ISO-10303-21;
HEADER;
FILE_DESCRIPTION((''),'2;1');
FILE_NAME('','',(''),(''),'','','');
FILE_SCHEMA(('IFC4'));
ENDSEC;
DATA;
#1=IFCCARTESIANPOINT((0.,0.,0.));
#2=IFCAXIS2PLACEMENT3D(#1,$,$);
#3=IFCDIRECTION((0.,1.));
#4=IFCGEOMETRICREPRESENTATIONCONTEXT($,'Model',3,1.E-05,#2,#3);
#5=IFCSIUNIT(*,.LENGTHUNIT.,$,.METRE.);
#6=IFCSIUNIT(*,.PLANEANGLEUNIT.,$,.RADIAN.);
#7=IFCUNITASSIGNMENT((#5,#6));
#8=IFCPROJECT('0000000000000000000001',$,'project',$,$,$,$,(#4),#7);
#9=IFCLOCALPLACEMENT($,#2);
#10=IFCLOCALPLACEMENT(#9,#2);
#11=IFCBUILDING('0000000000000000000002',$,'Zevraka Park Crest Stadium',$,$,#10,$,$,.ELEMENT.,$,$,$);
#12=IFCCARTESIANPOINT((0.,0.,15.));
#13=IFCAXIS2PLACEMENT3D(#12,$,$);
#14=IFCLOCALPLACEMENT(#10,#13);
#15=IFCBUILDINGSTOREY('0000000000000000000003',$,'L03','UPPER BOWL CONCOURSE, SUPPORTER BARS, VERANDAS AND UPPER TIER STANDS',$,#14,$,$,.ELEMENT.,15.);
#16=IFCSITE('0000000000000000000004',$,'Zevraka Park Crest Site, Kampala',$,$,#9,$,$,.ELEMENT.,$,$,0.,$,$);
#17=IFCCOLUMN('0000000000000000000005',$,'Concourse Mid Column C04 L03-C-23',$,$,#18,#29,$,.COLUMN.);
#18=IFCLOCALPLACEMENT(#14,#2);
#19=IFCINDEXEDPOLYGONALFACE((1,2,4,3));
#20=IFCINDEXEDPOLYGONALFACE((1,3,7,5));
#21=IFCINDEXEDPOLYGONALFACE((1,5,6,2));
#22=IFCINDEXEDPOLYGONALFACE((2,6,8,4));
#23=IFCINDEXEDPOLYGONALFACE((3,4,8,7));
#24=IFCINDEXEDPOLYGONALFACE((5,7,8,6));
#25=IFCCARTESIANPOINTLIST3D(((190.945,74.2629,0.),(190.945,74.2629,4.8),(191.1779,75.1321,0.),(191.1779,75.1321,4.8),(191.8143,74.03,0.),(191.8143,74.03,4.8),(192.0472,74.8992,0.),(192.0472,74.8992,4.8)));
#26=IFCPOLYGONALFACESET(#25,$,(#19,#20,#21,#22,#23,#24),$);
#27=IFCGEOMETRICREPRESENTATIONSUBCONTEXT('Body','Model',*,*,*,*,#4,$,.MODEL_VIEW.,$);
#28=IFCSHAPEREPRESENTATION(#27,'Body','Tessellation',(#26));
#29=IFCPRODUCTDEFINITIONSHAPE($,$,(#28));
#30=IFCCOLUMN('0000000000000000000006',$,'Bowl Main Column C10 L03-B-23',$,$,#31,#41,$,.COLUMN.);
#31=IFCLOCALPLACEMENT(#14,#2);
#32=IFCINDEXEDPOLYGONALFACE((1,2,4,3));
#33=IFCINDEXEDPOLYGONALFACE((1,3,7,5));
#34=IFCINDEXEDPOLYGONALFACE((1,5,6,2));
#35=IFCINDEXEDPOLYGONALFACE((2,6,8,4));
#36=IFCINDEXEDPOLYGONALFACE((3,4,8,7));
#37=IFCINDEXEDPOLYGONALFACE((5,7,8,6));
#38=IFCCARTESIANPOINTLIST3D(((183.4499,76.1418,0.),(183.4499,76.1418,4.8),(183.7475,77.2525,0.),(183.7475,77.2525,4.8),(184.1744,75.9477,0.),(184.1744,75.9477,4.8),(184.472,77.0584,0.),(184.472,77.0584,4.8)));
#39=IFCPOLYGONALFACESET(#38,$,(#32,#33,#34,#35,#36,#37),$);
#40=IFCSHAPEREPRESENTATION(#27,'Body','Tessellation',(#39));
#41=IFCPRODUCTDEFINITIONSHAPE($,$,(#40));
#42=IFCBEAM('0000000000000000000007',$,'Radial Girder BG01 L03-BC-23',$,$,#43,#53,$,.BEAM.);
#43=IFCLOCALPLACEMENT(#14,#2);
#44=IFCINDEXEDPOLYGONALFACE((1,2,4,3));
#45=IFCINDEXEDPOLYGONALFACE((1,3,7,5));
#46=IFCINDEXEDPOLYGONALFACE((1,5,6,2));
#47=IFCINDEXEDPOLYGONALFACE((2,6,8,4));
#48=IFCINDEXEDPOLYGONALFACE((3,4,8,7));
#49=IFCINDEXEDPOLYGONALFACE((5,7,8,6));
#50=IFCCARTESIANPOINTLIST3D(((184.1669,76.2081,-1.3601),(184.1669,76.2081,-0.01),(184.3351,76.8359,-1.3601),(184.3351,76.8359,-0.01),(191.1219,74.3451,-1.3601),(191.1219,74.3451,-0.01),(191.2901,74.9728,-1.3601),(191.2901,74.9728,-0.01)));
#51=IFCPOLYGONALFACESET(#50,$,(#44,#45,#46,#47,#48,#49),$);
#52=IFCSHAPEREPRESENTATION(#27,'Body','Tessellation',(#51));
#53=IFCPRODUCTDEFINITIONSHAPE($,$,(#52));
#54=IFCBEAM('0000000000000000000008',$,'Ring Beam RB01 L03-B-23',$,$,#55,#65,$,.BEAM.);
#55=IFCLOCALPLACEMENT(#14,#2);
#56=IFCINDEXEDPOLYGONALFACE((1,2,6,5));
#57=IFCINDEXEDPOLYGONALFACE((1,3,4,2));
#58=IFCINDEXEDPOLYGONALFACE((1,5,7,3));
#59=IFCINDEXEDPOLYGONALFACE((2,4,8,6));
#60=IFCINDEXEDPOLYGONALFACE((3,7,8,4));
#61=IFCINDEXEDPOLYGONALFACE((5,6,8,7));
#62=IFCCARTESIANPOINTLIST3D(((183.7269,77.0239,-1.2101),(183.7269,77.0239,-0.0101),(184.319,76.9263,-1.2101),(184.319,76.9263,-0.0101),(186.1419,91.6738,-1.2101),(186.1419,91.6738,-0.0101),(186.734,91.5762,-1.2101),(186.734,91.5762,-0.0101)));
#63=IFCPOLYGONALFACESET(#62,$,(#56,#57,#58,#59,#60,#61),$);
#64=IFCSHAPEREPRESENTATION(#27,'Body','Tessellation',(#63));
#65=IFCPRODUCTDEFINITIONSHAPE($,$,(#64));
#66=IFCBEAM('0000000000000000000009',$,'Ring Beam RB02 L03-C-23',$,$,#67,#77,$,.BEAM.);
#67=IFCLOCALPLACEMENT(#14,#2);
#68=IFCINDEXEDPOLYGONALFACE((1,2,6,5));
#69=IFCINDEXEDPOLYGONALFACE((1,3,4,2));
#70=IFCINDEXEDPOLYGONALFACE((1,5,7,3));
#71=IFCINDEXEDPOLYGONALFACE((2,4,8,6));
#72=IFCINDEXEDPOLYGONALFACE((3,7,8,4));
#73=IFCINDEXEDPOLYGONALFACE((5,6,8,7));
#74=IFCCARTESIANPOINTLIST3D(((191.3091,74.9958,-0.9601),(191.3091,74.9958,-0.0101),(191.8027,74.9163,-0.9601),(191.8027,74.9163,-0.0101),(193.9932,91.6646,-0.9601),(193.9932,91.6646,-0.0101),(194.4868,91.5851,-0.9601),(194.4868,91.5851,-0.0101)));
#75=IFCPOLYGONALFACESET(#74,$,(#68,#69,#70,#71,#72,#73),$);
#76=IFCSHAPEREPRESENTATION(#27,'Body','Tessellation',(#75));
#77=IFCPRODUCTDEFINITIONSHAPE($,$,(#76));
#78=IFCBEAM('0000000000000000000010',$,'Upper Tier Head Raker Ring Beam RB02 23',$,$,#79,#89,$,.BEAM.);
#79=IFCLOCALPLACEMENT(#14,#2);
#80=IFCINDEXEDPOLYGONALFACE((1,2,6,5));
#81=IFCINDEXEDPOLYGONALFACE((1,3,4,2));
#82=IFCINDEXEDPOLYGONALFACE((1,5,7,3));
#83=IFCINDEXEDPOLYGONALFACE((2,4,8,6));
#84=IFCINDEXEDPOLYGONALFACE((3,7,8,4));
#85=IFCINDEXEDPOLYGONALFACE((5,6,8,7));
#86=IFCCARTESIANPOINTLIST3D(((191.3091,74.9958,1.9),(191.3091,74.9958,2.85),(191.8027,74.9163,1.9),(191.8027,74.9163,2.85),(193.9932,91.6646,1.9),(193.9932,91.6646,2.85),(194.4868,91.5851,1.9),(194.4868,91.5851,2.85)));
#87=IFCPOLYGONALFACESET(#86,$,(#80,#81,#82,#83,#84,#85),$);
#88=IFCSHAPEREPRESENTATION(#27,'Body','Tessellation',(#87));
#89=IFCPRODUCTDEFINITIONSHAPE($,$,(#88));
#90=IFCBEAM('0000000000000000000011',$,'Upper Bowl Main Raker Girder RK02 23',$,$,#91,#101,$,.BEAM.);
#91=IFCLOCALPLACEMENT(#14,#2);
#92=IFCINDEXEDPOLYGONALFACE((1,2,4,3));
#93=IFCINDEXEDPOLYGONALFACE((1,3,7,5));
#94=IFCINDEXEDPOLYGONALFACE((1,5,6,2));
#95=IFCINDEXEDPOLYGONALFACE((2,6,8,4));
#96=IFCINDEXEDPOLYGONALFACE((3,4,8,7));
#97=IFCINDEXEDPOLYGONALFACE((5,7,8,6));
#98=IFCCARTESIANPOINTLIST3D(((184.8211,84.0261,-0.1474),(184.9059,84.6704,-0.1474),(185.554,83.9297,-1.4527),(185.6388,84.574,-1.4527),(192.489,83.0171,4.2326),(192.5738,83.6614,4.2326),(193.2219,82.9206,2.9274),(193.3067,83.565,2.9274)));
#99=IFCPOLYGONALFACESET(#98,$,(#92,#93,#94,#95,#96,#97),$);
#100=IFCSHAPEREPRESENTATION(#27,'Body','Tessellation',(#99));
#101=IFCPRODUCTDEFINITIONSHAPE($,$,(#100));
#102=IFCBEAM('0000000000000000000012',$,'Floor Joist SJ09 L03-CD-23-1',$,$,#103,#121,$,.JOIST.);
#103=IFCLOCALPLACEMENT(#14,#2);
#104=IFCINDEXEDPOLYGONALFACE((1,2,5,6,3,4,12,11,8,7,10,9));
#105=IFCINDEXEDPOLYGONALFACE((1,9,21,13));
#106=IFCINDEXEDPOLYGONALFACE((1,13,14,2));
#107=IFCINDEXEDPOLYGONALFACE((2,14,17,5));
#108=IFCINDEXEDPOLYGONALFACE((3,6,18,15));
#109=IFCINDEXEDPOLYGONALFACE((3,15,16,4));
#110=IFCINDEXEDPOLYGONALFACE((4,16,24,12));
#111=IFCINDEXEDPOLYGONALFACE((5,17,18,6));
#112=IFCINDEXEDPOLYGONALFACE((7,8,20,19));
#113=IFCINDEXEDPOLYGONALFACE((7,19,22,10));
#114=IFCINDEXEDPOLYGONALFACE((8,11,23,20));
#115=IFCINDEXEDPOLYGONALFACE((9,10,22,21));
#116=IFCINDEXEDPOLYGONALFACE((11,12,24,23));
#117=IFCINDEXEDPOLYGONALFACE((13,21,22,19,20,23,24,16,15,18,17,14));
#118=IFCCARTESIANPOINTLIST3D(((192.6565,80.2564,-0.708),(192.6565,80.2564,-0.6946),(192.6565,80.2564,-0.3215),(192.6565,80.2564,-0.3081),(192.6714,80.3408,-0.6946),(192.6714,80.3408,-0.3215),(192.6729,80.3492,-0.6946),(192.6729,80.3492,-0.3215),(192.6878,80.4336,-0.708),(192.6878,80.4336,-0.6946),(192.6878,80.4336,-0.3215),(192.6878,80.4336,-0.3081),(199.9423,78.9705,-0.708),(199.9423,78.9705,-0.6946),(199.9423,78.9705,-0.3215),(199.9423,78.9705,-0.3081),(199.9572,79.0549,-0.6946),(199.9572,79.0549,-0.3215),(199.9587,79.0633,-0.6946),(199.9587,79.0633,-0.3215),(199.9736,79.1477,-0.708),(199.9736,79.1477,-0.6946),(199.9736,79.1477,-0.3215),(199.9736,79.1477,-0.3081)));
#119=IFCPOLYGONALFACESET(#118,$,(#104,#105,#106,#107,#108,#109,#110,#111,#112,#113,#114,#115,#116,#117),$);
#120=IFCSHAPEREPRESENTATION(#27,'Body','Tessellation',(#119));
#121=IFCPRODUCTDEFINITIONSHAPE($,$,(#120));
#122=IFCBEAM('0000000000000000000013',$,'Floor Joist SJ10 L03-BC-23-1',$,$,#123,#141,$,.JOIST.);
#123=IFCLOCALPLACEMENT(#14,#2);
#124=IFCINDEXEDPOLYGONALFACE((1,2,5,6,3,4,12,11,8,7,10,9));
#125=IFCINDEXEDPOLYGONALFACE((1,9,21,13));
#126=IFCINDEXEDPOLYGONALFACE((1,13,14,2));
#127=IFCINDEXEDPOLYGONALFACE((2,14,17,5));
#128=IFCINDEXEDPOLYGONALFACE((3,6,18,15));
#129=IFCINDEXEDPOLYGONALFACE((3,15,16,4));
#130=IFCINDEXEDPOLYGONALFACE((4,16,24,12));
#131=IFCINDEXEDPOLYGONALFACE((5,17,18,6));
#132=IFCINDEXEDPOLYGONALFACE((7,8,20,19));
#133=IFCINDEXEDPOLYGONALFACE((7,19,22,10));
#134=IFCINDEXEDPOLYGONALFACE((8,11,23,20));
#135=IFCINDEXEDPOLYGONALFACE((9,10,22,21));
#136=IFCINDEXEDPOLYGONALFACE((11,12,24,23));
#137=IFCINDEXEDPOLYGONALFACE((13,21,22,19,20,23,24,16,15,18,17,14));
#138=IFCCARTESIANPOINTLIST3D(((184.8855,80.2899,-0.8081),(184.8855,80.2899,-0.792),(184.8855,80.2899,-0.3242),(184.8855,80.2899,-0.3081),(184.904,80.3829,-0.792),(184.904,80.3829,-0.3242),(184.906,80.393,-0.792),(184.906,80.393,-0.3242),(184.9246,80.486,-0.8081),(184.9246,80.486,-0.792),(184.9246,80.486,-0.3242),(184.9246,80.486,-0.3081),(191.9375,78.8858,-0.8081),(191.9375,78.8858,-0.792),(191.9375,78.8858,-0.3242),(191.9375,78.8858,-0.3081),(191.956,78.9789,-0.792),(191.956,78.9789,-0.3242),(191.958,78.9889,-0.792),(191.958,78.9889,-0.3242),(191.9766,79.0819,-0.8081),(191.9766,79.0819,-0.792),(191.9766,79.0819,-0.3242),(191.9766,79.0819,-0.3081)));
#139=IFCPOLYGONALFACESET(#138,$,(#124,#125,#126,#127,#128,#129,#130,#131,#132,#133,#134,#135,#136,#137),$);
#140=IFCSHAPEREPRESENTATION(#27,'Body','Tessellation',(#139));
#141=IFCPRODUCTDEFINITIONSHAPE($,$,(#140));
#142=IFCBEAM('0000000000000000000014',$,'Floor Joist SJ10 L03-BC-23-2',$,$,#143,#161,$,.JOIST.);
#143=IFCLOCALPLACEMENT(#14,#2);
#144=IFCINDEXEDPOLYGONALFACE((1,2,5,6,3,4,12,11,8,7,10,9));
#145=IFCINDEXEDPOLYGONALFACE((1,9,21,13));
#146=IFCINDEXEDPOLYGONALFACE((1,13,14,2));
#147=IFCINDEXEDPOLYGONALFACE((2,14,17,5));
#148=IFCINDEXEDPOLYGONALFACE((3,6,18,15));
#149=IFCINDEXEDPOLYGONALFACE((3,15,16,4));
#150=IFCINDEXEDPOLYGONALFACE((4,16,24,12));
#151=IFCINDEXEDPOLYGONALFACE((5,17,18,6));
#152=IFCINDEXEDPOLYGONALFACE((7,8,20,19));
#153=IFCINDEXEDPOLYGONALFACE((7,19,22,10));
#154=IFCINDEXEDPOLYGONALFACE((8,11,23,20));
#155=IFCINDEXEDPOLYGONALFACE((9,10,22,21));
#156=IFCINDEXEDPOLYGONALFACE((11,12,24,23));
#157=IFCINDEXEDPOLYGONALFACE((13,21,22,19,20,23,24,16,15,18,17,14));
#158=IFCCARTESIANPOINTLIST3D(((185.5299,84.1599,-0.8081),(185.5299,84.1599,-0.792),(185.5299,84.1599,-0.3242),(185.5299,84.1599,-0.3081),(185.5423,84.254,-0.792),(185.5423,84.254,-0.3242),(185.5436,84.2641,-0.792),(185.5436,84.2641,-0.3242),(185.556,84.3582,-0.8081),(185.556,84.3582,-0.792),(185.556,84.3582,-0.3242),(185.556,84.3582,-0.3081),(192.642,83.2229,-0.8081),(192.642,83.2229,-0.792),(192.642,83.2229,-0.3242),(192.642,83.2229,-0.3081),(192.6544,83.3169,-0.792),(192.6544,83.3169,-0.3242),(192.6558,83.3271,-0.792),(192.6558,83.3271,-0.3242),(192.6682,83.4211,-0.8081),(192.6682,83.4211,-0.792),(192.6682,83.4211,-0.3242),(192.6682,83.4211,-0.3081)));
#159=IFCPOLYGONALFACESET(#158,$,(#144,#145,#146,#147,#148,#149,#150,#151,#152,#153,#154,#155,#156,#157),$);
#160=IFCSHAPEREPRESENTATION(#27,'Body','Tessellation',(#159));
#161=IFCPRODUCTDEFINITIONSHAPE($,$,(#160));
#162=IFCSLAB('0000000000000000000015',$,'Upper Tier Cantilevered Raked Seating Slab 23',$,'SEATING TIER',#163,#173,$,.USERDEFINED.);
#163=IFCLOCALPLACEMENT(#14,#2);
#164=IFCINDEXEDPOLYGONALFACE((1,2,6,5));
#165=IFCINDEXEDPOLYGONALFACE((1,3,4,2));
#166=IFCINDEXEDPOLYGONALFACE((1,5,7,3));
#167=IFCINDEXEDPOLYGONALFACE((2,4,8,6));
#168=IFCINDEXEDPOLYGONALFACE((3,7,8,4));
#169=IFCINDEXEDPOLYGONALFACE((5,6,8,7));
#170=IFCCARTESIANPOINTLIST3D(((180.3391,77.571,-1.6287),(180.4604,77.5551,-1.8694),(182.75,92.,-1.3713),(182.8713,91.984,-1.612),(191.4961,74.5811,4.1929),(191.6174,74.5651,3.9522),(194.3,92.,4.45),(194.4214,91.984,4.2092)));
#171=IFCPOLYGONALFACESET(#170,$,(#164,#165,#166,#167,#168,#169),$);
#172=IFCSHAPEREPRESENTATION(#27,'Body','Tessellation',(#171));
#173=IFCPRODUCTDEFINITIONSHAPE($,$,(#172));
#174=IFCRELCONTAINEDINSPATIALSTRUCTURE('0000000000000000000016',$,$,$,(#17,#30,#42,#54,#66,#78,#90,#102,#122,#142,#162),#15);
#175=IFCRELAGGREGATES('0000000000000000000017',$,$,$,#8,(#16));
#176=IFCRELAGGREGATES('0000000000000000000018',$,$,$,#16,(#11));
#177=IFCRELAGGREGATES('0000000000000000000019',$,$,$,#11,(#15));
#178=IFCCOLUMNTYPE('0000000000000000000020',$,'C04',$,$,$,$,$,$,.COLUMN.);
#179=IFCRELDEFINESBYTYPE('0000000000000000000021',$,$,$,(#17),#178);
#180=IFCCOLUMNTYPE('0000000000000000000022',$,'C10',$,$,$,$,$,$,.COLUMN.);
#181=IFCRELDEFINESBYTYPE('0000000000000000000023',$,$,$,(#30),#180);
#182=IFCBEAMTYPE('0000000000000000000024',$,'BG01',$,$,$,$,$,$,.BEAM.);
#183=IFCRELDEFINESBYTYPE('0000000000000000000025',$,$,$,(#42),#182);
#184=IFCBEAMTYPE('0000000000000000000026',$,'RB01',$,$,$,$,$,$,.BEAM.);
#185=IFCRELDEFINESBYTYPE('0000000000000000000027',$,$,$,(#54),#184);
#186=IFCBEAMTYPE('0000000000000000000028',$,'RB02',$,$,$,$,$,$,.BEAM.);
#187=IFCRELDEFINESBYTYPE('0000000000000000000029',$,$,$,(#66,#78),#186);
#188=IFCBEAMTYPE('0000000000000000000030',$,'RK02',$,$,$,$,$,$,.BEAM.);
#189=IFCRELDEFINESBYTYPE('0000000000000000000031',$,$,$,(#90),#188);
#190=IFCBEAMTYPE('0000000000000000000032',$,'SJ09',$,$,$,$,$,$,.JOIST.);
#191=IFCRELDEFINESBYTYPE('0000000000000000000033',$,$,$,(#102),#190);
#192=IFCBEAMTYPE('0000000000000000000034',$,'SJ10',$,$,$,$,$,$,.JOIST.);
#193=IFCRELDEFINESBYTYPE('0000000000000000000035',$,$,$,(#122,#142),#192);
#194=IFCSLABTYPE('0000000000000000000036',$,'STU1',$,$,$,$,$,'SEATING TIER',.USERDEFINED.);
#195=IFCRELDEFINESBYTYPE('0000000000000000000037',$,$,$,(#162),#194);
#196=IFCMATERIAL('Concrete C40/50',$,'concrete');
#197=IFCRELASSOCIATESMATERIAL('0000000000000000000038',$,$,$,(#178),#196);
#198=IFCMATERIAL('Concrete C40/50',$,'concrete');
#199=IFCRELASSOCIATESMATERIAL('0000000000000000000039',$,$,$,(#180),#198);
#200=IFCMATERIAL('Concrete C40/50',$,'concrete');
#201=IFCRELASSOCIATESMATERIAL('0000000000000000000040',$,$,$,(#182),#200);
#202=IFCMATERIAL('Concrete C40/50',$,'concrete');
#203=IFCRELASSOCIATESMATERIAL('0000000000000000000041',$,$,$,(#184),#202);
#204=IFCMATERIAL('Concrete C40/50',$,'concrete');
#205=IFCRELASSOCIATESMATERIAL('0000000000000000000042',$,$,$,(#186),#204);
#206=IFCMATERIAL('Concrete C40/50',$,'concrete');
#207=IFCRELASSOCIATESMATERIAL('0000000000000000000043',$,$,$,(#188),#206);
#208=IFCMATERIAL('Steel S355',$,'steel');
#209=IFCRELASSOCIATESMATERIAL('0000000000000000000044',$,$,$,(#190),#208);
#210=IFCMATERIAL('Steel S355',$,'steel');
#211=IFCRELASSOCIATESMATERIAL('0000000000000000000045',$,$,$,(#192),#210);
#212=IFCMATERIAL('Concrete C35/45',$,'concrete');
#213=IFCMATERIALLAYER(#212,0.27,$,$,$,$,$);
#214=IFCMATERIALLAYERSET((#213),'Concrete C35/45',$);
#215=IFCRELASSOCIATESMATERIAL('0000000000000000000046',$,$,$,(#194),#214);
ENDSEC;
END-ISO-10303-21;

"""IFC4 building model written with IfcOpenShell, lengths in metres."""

from ifc_helpers import new_model, si_unit, direction, frame, origin, origin_2d, place, context, subcontext, project, spatial, polyline, rectangle, i_section, outline, extrude, material, layer, layer_set, material_profile, profile_set, type_object, element, save


model = new_model("IFC4")

# Units and contexts
model_context = context("Model", 3, precision=1e-05, world=origin(), true_north=direction((0.0, 1.0)))
body_context = subcontext(model_context, "Body", "Model", "MODEL_VIEW")
ifc_project = project(units=[si_unit("LENGTHUNIT", "METRE"), si_unit("PLANEANGLEUNIT", "RADIAN")], contexts=[model_context])

# Site, building, storey
site_placement = place(None, origin())
site = spatial("IfcSite", under=ifc_project, at=site_placement, Name="Zevraka Park Crest Site, Kampala", CompositionType="ELEMENT", RefElevation=0.0)
building_placement = place(site_placement, origin())
building = spatial("IfcBuilding", under=site, at=building_placement, Name="Zevraka Park Crest Stadium", CompositionType="ELEMENT")
storey_placement = place(building_placement, frame((0.0, 0.0, 15.0)))
storey = spatial("IfcBuildingStorey", under=building, at=storey_placement, Name="L03", Description="UPPER BOWL CONCOURSE, SUPPORTER BARS, VERANDAS AND UPPER TIER STANDS", CompositionType="ELEMENT", Elevation=15.0)

# Columns
ifc_material_1 = material(Name="Concrete C40/50", Category="concrete")
ifc_material_profile_1 = material_profile(ifc_material_1, rectangle(XDim=0.8999, YDim=0.8999, at=origin_2d()), Name="RC 900x900")
ifc_profile_set_1 = profile_set([ifc_material_profile_1], Name="Concrete C40/50")
column_type_1 = type_object("IfcColumnType", Name="C04", PredefinedType="COLUMN", material=ifc_profile_set_1)
column_1_placement = place(storey_placement, frame((191.4961, 74.5811, 0.0), z_axis=(0.0, 0.0, 1.0), x_axis=(-0.965926, 0.258819, 0.0)))
element("IfcColumn", 1, at=column_1_placement, inside=storey, type_object=column_type_1, Name="Concourse Mid Column C04 L03-C-23", PredefinedType="COLUMN", context=body_context, shape_type="SweptSolid", body=[
    extrude(rectangle(XDim=0.8999, YDim=0.8999, at=origin_2d()), origin(), (0.0, 0.0, 1.0), 4.8),
])
ifc_material_2 = material(Name="Concrete C40/50", Category="concrete")
ifc_material_profile_2 = material_profile(ifc_material_2, rectangle(XDim=0.75, YDim=1.1499, at=origin_2d()), Name="RC 1150x750")
ifc_profile_set_2 = profile_set([ifc_material_profile_2], Name="Concrete C40/50")
column_type_2 = type_object("IfcColumnType", Name="C10", PredefinedType="COLUMN", material=ifc_profile_set_2)
column_2_placement = place(storey_placement, frame((183.9609, 76.6001, 0.0), z_axis=(0.0, 0.0, 1.0), x_axis=(-0.965926, 0.258819, 0.0)))
element("IfcColumn", 2, at=column_2_placement, inside=storey, type_object=column_type_2, Name="Bowl Main Column C10 L03-B-23", PredefinedType="COLUMN", context=body_context, shape_type="SweptSolid", body=[
    extrude(rectangle(XDim=0.75, YDim=1.1499, at=origin_2d()), origin(), (0.0, 0.0, 1.0), 4.8),
])

# Beams
ifc_material_3 = material(Name="Concrete C40/50", Category="concrete")
ifc_material_profile_3 = material_profile(ifc_material_3, rectangle(XDim=0.6499, YDim=1.3501, at=origin_2d()), Name="RC 1350x650")
ifc_profile_set_3 = profile_set([ifc_material_profile_3], Name="Concrete C40/50")
beam_type_1 = type_object("IfcBeamType", Name="BG01", PredefinedType="BEAM", material=ifc_profile_set_3)
beam_1_placement = place(storey_placement, frame((184.251, 76.522, -0.6851), z_axis=(0.965946, -0.258745, 0.0), x_axis=(0.258745, 0.965946, 0.0)))
element("IfcBeam", 3, at=beam_1_placement, inside=storey, type_object=beam_type_1, Name="Radial Girder BG01 L03-BC-23", PredefinedType="BEAM", context=body_context, shape_type="SweptSolid", body=[
    extrude(rectangle(XDim=0.6499, YDim=1.3501, at=origin_2d()), origin(), (0.0, 0.0, 1.0), 7.2002),
])
ifc_material_4 = material(Name="Concrete C40/50", Category="concrete")
ifc_material_profile_4 = material_profile(ifc_material_4, rectangle(XDim=0.6001, YDim=1.2, at=origin_2d()), Name="RC 1200x600")
ifc_profile_set_4 = profile_set([ifc_material_profile_4], Name="Concrete C40/50")
beam_type_2 = type_object("IfcBeamType", Name="RB01", PredefinedType="BEAM", material=ifc_profile_set_4)
beam_2_placement = place(storey_placement, frame((184.0229, 76.9751, -0.6101), z_axis=(0.162655, 0.986683, 0.0), x_axis=(-0.986683, 0.162655, 0.0)))
element("IfcBeam", 4, at=beam_2_placement, inside=storey, type_object=beam_type_2, Name="Ring Beam RB01 L03-B-23", PredefinedType="BEAM", context=body_context, shape_type="SweptSolid", body=[
    extrude(rectangle(XDim=0.6001, YDim=1.2, at=origin_2d()), origin(), (0.0, 0.0, 1.0), 14.8477),
])
ifc_material_5 = material(Name="Concrete C40/50", Category="concrete")
ifc_material_profile_5 = material_profile(ifc_material_5, rectangle(XDim=0.5, YDim=0.95, at=origin_2d()), Name="RC 950x500")
ifc_profile_set_5 = profile_set([ifc_material_profile_5], Name="Concrete C40/50")
beam_type_3 = type_object("IfcBeamType", Name="RB02", PredefinedType="BEAM", material=ifc_profile_set_5)
for number, where, z_axis, x_axis, name in (
    (5, (191.5559, 74.9561, -0.4851), (0.158975, 0.987283, 0.0), (-0.987283, 0.158975, 0.0), "Ring Beam RB02 L03-C-23"),
    (6, (191.5559, 74.9561, 2.375), (0.158975, 0.987283, 0.0), (-0.987283, 0.158975, 0.0), "Upper Tier Head Raker Ring Beam RB02 23"),
):
    element("IfcBeam", number, at=place(storey_placement, frame(where, z_axis=z_axis, x_axis=x_axis)), inside=storey, type_object=beam_type_3, Name=name, PredefinedType="BEAM", context=body_context, shape_type="SweptSolid", body=[
        extrude(rectangle(XDim=0.5, YDim=0.95, at=origin_2d()), origin(), (0.0, 0.0, 1.0), 16.8835),
    ])
ifc_material_6 = material(Name="Concrete C40/50", Category="concrete")
ifc_material_profile_6 = material_profile(ifc_material_6, rectangle(XDim=0.6499, YDim=1.5, at=origin_2d()), Name="RC 1500x650")
ifc_profile_set_6 = profile_set([ifc_material_profile_6], Name="Concrete C40/50")
beam_type_4 = type_object("IfcBeamType", Name="RK02", PredefinedType="BEAM", material=ifc_profile_set_6)
beam_3_placement = place(storey_placement, frame((185.23, 84.3, -0.8), z_axis=(0.862706, -0.113524, 0.492798), x_axis=(0.130466, 0.991453, 0.0)))
element("IfcBeam", 7, at=beam_3_placement, inside=storey, type_object=beam_type_4, Name="Upper Bowl Main Raker Girder RK02 23", PredefinedType="BEAM", context=body_context, shape_type="SweptSolid", body=[
    extrude(rectangle(XDim=0.6499, YDim=1.5, at=origin_2d()), origin(), (0.0, 0.0, 1.0), 8.8882),
])
ifc_material_7 = material(Name="Steel S355", Category="steel")
ifc_material_profile_7 = material_profile(ifc_material_7, i_section(OverallWidth=0.1799, OverallDepth=0.3999, WebThickness=0.0085, FlangeThickness=0.0134, at=origin_2d()), Name="IPE 400")
ifc_profile_set_7 = profile_set([ifc_material_profile_7], Name="Steel S355")
beam_type_5 = type_object("IfcBeamType", Name="SJ09", PredefinedType="JOIST", material=ifc_profile_set_7)
beam_4_placement = place(storey_placement, frame((192.6721, 80.345, -0.5081), z_axis=(0.98478, -0.173804, 0.0), x_axis=(0.173804, 0.98478, 0.0)))
element("IfcBeam", 8, at=beam_4_placement, inside=storey, type_object=beam_type_5, Name="Floor Joist SJ09 L03-CD-23-1", PredefinedType="JOIST", context=body_context, shape_type="SweptSolid", body=[
    extrude(i_section(OverallWidth=0.1799, OverallDepth=0.3999, WebThickness=0.0085, FlangeThickness=0.0134, at=origin_2d()), origin(), (0.0, 0.0, 1.0), 7.3984),
])
ifc_material_8 = material(Name="Steel S355", Category="steel")
ifc_material_profile_8 = material_profile(ifc_material_8, i_section(OverallWidth=0.2, OverallDepth=0.5, WebThickness=0.0103, FlangeThickness=0.0161, at=origin_2d()), Name="IPE 500")
ifc_profile_set_8 = profile_set([ifc_material_profile_8], Name="Steel S355")
beam_type_6 = type_object("IfcBeamType", Name="SJ10", PredefinedType="JOIST", material=ifc_profile_set_8)
beam_5_placement = place(storey_placement, frame((184.905, 80.3879, -0.5581), z_axis=(0.98075, -0.195267, 0.0), x_axis=(0.195267, 0.98075, 0.0)))
element("IfcBeam", 9, at=beam_5_placement, inside=storey, type_object=beam_type_6, Name="Floor Joist SJ10 L03-BC-23-1", PredefinedType="JOIST", context=body_context, shape_type="SweptSolid", body=[
    extrude(i_section(OverallWidth=0.2, OverallDepth=0.5, WebThickness=0.0103, FlangeThickness=0.0161, at=origin_2d()), origin(), (0.0, 0.0, 1.0), 7.1904),
])
beam_6_placement = place(storey_placement, frame((185.543, 84.259, -0.5581), z_axis=(0.991432, -0.130621, 0.0), x_axis=(0.130621, 0.991432, 0.0)))
element("IfcBeam", 10, at=beam_6_placement, inside=storey, type_object=beam_type_6, Name="Floor Joist SJ10 L03-BC-23-2", PredefinedType="JOIST", context=body_context, shape_type="SweptSolid", body=[
    extrude(i_section(OverallWidth=0.2, OverallDepth=0.5, WebThickness=0.0103, FlangeThickness=0.0161, at=origin_2d()), origin(), (0.0, 0.0, 1.0), 7.1736),
])

# Slab
ifc_material_9 = material(Name="Concrete C35/45", Category="concrete")
ifc_layer_1 = layer(ifc_material_9, 0.27)
ifc_layer_set_1 = layer_set([ifc_layer_1], Name="Concrete C35/45")
slab_type = type_object("IfcSlabType", Name="STU1", ElementType="SEATING TIER", PredefinedType="USERDEFINED", material=ifc_layer_set_1)
slab_placement = place(storey_placement, frame((180.3391, 77.571, -1.6287), z_axis=(-0.449281, 0.059168, 0.891429), x_axis=(0.164775, 0.986174, 0.01759)))
element("IfcSlab", 11, at=slab_placement, inside=storey, type_object=slab_type, Name="Upper Tier Cantilevered Raked Seating Slab 23", ObjectType="SEATING TIER", PredefinedType="USERDEFINED", context=body_context, shape_type="SweptSolid", body=[
    extrude(outline(polyline([(0.0, 0.0), (14.6312, 0.0), (16.6368, -12.7777), (-1.0079, -12.8955), (0.0, 0.0)])), origin(), (0.0, 0.0, -1.0), 0.27),
])

save(model, "model.ifc")
